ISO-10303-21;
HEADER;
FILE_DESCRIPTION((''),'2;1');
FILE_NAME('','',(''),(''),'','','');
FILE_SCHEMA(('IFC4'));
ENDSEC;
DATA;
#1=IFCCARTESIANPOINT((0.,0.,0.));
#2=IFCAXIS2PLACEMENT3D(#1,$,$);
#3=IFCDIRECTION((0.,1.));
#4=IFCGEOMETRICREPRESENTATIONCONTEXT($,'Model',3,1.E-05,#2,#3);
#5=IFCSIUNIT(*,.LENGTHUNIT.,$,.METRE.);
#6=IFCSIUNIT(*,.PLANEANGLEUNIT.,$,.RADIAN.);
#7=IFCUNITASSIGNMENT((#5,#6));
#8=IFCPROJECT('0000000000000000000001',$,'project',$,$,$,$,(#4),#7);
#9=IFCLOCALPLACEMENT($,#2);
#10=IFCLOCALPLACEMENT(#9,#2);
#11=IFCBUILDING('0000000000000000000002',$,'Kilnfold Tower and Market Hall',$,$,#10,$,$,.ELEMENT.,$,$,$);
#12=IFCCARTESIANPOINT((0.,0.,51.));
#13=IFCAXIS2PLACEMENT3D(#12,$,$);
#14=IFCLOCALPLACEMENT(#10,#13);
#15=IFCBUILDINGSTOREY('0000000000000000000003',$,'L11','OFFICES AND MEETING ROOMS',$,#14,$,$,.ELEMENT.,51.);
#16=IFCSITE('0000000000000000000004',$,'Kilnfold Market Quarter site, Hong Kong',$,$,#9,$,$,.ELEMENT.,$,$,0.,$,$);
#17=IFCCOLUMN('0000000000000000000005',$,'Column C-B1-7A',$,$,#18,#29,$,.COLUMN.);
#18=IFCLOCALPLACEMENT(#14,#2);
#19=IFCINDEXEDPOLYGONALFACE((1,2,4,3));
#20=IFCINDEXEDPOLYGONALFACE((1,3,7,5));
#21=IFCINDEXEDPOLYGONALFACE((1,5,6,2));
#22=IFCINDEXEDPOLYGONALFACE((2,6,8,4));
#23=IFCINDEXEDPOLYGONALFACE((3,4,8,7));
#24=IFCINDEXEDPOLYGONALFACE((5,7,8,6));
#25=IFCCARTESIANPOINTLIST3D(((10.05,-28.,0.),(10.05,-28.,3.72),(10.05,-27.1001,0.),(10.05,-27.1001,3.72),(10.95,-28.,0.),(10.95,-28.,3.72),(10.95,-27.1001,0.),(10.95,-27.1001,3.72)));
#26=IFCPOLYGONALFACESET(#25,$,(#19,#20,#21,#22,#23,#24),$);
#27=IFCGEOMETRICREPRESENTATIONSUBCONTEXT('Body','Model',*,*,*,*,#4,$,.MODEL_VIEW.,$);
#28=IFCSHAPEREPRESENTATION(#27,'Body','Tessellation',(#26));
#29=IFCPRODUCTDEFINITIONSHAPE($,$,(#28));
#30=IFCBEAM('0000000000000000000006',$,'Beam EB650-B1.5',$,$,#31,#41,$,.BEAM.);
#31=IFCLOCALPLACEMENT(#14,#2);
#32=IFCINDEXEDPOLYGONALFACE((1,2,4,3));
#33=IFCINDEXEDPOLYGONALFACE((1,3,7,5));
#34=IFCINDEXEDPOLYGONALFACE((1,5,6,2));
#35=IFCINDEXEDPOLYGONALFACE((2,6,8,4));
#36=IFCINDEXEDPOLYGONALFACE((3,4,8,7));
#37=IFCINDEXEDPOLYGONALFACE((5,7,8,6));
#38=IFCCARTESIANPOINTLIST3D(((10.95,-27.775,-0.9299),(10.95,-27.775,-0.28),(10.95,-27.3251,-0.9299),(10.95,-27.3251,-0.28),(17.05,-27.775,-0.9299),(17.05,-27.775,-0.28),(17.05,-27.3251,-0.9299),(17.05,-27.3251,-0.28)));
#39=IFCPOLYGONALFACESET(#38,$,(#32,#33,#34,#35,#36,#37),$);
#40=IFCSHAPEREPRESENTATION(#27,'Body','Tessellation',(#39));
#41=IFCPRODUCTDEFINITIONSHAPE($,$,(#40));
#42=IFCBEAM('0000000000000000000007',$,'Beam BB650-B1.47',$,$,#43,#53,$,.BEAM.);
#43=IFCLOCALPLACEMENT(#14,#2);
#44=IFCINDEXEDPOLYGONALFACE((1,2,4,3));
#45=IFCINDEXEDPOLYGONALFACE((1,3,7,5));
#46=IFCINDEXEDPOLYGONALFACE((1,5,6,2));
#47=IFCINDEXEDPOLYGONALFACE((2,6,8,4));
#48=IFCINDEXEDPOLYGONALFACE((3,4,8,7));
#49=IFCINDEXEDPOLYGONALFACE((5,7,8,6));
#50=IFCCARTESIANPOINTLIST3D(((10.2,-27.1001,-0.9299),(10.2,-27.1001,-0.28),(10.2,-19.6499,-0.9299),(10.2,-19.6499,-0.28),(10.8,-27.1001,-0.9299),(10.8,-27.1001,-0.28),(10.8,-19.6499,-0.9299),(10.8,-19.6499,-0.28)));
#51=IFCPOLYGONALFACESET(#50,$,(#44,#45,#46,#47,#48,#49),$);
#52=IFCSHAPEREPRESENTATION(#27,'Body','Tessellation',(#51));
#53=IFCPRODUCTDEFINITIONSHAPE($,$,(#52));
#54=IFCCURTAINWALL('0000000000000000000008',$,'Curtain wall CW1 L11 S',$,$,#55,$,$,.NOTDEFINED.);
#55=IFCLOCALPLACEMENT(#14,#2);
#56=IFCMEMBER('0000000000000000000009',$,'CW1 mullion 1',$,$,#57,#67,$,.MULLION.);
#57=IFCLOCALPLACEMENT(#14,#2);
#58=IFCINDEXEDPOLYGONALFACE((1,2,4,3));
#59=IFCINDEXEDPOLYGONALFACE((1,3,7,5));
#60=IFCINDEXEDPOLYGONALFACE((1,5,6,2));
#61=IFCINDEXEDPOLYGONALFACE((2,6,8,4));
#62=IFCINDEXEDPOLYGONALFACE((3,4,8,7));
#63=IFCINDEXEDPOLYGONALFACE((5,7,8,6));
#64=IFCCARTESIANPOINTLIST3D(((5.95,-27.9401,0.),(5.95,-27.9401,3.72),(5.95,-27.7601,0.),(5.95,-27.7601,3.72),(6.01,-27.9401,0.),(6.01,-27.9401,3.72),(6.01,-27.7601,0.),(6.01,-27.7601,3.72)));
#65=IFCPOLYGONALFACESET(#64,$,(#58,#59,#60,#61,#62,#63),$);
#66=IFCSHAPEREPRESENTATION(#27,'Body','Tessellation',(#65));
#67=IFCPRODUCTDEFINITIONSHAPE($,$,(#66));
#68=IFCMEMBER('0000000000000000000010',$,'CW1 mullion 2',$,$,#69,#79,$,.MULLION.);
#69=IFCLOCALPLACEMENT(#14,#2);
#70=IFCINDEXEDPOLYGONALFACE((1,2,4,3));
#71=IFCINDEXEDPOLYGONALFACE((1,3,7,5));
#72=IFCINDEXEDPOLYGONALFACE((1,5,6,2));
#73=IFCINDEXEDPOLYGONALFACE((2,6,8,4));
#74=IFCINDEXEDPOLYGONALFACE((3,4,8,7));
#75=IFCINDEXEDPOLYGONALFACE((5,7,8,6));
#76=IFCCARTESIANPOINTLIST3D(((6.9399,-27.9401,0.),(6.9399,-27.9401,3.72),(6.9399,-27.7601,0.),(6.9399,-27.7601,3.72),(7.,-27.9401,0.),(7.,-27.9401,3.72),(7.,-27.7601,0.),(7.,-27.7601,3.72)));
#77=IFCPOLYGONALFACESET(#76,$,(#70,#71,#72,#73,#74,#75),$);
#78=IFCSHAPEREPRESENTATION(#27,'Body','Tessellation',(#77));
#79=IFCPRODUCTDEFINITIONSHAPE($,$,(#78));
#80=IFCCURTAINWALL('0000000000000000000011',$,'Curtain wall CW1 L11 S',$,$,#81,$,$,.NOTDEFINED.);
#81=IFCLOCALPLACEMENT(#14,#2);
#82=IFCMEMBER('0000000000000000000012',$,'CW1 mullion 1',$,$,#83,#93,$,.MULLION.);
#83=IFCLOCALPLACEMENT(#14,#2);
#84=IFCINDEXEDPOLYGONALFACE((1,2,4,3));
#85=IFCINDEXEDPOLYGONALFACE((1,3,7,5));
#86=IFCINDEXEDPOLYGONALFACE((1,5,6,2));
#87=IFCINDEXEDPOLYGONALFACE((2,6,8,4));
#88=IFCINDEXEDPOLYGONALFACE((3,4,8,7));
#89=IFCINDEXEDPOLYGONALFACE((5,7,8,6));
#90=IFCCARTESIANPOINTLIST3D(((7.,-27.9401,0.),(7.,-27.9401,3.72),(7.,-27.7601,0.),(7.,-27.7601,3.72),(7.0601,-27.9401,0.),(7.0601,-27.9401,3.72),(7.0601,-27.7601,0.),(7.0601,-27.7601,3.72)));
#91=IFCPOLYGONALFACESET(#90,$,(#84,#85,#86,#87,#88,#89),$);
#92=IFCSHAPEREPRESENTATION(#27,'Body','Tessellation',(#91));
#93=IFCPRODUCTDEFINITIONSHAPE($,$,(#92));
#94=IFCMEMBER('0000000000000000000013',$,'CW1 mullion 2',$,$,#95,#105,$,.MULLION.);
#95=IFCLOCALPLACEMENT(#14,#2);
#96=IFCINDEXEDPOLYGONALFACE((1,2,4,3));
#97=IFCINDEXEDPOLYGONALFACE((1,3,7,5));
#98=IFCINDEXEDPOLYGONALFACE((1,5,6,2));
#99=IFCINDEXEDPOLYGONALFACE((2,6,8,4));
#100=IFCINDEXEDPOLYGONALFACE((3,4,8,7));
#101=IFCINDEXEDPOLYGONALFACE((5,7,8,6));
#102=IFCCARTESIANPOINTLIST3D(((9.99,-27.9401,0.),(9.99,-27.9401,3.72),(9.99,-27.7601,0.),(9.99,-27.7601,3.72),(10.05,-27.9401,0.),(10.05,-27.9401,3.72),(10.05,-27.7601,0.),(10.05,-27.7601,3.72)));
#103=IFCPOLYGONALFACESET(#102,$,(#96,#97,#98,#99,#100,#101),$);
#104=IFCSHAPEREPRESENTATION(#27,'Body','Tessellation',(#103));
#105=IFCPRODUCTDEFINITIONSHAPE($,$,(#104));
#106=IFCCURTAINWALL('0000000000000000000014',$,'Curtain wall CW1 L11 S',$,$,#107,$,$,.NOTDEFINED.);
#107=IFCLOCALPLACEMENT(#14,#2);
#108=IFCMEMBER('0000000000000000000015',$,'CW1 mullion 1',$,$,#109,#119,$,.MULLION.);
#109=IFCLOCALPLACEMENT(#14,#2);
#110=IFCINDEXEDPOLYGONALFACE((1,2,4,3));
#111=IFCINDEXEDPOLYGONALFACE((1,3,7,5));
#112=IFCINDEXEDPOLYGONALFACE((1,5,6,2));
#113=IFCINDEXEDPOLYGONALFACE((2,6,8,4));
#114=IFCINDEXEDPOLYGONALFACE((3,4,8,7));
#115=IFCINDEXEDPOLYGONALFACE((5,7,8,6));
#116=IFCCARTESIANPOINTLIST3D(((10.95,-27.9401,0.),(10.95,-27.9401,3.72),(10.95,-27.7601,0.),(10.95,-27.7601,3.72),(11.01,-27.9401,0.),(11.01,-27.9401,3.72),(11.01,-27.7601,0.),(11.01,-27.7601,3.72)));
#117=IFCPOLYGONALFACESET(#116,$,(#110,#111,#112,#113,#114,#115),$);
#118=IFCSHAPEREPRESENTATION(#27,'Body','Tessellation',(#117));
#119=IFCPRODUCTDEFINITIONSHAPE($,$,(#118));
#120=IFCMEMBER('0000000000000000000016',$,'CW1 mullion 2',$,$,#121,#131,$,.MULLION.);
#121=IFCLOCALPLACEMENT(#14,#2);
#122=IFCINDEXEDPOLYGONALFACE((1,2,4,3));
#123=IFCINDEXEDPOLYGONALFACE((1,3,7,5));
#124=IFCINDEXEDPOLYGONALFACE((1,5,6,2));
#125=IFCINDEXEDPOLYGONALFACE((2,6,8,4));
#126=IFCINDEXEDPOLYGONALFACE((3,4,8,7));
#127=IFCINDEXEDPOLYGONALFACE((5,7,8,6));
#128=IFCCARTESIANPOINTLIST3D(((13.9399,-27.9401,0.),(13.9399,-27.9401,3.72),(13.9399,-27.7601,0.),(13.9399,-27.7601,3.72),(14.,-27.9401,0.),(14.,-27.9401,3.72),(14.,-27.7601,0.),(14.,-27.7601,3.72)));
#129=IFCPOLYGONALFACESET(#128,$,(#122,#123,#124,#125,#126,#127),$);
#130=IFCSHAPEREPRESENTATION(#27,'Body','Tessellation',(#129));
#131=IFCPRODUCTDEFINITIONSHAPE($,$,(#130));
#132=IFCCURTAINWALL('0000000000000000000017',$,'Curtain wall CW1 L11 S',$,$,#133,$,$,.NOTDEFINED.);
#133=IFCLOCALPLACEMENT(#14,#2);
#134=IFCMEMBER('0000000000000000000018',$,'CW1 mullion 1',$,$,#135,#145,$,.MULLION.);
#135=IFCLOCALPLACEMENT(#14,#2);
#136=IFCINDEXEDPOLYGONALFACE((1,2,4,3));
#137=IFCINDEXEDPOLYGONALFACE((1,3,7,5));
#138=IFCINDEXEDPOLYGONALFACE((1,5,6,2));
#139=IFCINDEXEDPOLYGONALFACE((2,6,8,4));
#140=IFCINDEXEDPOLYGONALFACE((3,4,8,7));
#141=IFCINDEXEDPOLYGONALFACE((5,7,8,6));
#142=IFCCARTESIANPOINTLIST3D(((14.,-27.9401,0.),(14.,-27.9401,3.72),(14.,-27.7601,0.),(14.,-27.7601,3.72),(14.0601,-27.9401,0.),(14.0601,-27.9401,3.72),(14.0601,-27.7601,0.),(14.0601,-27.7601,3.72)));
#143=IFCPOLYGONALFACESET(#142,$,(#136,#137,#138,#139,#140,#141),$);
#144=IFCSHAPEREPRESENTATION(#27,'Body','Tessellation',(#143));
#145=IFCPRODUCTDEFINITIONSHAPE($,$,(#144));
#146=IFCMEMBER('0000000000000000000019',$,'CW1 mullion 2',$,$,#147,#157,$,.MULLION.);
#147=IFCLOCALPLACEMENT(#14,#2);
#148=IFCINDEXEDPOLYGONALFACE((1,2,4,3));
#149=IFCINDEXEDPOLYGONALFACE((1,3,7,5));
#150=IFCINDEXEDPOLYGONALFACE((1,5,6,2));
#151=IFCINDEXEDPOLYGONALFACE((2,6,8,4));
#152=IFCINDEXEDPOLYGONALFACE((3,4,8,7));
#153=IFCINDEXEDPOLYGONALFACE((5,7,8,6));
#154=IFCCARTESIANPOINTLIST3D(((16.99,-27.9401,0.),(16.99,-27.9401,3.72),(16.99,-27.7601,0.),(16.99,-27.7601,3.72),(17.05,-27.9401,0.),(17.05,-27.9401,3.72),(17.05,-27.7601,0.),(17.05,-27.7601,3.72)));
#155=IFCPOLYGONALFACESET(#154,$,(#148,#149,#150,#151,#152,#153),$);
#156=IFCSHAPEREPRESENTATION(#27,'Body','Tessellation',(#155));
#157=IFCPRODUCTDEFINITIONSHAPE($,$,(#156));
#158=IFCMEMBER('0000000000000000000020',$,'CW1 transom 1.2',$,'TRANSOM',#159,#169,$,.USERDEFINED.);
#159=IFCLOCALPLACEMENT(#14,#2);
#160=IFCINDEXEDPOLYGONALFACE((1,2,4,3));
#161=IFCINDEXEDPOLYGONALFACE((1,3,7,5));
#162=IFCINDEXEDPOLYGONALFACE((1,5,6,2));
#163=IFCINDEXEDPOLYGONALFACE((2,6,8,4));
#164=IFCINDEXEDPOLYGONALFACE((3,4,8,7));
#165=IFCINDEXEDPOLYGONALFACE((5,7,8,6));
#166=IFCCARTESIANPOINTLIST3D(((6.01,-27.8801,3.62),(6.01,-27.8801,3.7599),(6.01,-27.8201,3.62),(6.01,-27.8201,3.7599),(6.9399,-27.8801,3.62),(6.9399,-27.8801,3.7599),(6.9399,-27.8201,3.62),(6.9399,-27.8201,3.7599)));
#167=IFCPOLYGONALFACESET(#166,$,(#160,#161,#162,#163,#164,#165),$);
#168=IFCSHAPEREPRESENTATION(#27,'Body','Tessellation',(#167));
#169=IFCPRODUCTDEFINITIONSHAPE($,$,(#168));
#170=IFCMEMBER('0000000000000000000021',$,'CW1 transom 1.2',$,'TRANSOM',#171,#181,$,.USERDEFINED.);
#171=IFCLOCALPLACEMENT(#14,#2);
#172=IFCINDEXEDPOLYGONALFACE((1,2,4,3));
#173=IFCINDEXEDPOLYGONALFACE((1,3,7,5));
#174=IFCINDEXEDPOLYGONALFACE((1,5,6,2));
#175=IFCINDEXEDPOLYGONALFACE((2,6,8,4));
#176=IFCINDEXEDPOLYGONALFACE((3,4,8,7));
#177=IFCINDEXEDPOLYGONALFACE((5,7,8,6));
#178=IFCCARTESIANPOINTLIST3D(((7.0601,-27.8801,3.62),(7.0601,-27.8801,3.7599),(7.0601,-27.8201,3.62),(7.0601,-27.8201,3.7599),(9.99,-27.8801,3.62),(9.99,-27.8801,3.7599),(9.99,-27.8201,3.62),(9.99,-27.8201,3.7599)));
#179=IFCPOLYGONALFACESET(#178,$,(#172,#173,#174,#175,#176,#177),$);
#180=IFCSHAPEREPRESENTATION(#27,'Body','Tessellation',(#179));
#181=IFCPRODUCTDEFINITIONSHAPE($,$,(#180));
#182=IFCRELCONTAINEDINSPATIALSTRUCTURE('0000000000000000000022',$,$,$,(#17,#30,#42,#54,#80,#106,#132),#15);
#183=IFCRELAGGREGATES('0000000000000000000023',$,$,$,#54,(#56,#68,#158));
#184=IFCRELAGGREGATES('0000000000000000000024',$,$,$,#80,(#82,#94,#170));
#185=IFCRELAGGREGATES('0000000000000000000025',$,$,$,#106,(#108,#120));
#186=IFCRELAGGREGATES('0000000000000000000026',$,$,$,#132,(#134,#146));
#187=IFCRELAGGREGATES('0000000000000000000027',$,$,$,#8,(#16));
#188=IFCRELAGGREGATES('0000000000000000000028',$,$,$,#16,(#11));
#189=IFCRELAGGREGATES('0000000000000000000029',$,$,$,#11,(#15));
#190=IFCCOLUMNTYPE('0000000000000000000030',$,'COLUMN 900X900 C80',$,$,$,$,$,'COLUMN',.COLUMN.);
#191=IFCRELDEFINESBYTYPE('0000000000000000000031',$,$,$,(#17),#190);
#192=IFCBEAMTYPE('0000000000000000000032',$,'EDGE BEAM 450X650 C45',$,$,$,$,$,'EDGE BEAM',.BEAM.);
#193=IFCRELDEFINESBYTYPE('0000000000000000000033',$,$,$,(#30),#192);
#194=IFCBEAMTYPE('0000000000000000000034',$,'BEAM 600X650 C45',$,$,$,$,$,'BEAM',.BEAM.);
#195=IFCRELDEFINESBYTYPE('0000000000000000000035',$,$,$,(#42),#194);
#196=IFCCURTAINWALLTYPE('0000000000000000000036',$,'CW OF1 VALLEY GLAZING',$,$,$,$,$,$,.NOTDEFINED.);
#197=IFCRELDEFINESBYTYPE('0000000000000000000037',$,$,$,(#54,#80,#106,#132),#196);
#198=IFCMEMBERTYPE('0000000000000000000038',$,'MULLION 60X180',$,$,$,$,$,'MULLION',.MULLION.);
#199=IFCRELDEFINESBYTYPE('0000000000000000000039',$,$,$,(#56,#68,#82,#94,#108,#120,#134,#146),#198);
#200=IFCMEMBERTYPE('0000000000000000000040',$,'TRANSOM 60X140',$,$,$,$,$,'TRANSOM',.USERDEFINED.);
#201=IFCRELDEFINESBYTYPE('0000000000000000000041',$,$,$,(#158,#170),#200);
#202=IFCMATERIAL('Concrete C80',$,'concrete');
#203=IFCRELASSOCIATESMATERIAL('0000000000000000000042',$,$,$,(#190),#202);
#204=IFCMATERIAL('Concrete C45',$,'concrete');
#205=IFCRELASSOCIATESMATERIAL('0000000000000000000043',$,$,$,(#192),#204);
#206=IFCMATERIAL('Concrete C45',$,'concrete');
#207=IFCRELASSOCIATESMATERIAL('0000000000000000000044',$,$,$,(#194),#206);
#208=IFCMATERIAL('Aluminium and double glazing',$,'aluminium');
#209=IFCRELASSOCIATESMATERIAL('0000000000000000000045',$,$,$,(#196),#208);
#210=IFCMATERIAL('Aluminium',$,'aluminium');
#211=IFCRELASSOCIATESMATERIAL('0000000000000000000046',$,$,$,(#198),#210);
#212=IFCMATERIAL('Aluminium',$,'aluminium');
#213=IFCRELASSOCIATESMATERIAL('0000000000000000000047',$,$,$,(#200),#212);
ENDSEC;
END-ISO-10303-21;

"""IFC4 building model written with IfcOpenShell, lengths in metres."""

from ifc_helpers import new_model, si_unit, direction, frame, origin, origin_2d, place, context, subcontext, project, spatial, rectangle, extrude, source, transform, mapped, material, material_profile, profile_set, type_object, element, aggregate, save


model = new_model("IFC4")

# Units and contexts
model_context = context("Model", 3, precision=1e-05, world=origin(), true_north=direction((0.0, 1.0)))
body_context = subcontext(model_context, "Body", "Model", "MODEL_VIEW")
ifc_project = project(units=[si_unit("LENGTHUNIT", "METRE"), si_unit("PLANEANGLEUNIT", "RADIAN")], contexts=[model_context])

# Site, building, storey
site_placement = place(None, origin())
site = spatial("IfcSite", under=ifc_project, at=site_placement, Name="Kilnfold Market Quarter site, Hong Kong", CompositionType="ELEMENT", RefElevation=0.0)
building_placement = place(site_placement, origin())
building = spatial("IfcBuilding", under=site, at=building_placement, Name="Kilnfold Tower and Market Hall", CompositionType="ELEMENT")
storey_placement = place(building_placement, frame((0.0, 0.0, 51.0)))
storey = spatial("IfcBuildingStorey", under=building, at=storey_placement, Name="L11", Description="OFFICES AND MEETING ROOMS", CompositionType="ELEMENT", Elevation=51.0)

# Column
ifc_material_1 = material(Name="Concrete C80", Category="concrete")
ifc_material_profile_1 = material_profile(ifc_material_1, rectangle(XDim=0.8999, YDim=0.8999, at=origin_2d()), Name="RC 900x900")
ifc_profile_set_1 = profile_set([ifc_material_profile_1], Name="Concrete C80")
column_type = type_object("IfcColumnType", Name="COLUMN 900X900 C80", ElementType="COLUMN", PredefinedType="COLUMN", material=ifc_profile_set_1)
shared_shape_1 = source(origin(), body_context, "Body", "SweptSolid", [
    extrude(rectangle(XDim=0.8999, YDim=0.8999, at=origin_2d()), origin(), (0.0, 0.0, 1.0), 3.72),
])
column_placement = place(storey_placement, frame((10.5, -27.55, 0.0), z_axis=(0.0, 0.0, 1.0), x_axis=(1.0, 0.0, 0.0)))
element("IfcColumn", 1, at=column_placement, inside=storey, type_object=column_type, Name="Column C-B1-7A", PredefinedType="COLUMN", context=body_context, shape_type="MappedRepresentation", body=[
    mapped(shared_shape_1, transform((0.0, 0.0, 0.0))),
])

# Beams
ifc_material_2 = material(Name="Concrete C45", Category="concrete")
ifc_material_profile_2 = material_profile(ifc_material_2, rectangle(XDim=0.45, YDim=0.6499, at=origin_2d()), Name="RC 450x650")
ifc_profile_set_2 = profile_set([ifc_material_profile_2], Name="Concrete C45")
beam_type_1 = type_object("IfcBeamType", Name="EDGE BEAM 450X650 C45", ElementType="EDGE BEAM", PredefinedType="BEAM", material=ifc_profile_set_2)
shared_shape_2 = source(origin(), body_context, "Body", "SweptSolid", [
    extrude(rectangle(XDim=0.45, YDim=0.6499, at=origin_2d()), origin(), (0.0, 0.0, 1.0), 6.1001),
])
beam_1_placement = place(storey_placement, frame((10.95, -27.55, -0.605), z_axis=(1.0, 0.0, 0.0), x_axis=(0.0, 1.0, 0.0)))
element("IfcBeam", 2, at=beam_1_placement, inside=storey, type_object=beam_type_1, Name="Beam EB650-B1.5", PredefinedType="BEAM", context=body_context, shape_type="MappedRepresentation", body=[
    mapped(shared_shape_2, transform((0.0, 0.0, 0.0))),
])
ifc_material_3 = material(Name="Concrete C45", Category="concrete")
ifc_material_profile_3 = material_profile(ifc_material_3, rectangle(XDim=0.6001, YDim=0.6499, at=origin_2d()), Name="RC 600x650")
ifc_profile_set_3 = profile_set([ifc_material_profile_3], Name="Concrete C45")
beam_type_2 = type_object("IfcBeamType", Name="BEAM 600X650 C45", ElementType="BEAM", PredefinedType="BEAM", material=ifc_profile_set_3)
shared_shape_3 = source(origin(), body_context, "Body", "SweptSolid", [
    extrude(rectangle(XDim=0.6001, YDim=0.6499, at=origin_2d()), origin(), (0.0, 0.0, 1.0), 7.4502),
])
beam_2_placement = place(storey_placement, frame((10.5, -27.1001, -0.605), z_axis=(0.0, 1.0, 0.0), x_axis=(-1.0, 0.0, 0.0)))
element("IfcBeam", 3, at=beam_2_placement, inside=storey, type_object=beam_type_2, Name="Beam BB650-B1.47", PredefinedType="BEAM", context=body_context, shape_type="MappedRepresentation", body=[
    mapped(shared_shape_3, transform((0.0, 0.0, 0.0))),
])

# Curtain walls, members
ifc_material_4 = material(Name="Aluminium and double glazing", Category="aluminium")
curtain_wall_type = type_object("IfcCurtainWallType", Name="CW OF1 VALLEY GLAZING", PredefinedType="NOTDEFINED", material=ifc_material_4)
curtain_wall_1_placement = place(storey_placement, origin())
curtain_wall_1 = element("IfcCurtainWall", 4, at=curtain_wall_1_placement, inside=storey, type_object=curtain_wall_type, Name="Curtain wall CW1 L11 S", PredefinedType="NOTDEFINED")
ifc_material_5 = material(Name="Aluminium", Category="aluminium")
ifc_material_profile_4 = material_profile(ifc_material_5, rectangle(XDim=0.0601, YDim=0.1799, at=origin_2d()), Name="MULLION 60x180")
ifc_profile_set_4 = profile_set([ifc_material_profile_4], Name="Aluminium")
member_type_1 = type_object("IfcMemberType", Name="MULLION 60X180", ElementType="MULLION", PredefinedType="MULLION", material=ifc_profile_set_4)
shared_shape_4 = source(origin(), body_context, "Body", "SweptSolid", [
    extrude(rectangle(XDim=0.0601, YDim=0.1799, at=origin_2d()), origin(), (0.0, 0.0, 1.0), 3.72),
])
member_1_placement = place(storey_placement, frame((5.98, -27.8501, 0.0), z_axis=(0.0, 0.0, 1.0), x_axis=(1.0, 0.0, 0.0)))
member_1 = element("IfcMember", 5, at=member_1_placement, type_object=member_type_1, Name="CW1 mullion 1", PredefinedType="MULLION", context=body_context, shape_type="MappedRepresentation", body=[
    mapped(shared_shape_4, transform((0.0, 0.0, 0.0))),
])
member_2_placement = place(storey_placement, frame((6.97, -27.8501, 0.0), z_axis=(0.0, 0.0, 1.0), x_axis=(1.0, 0.0, 0.0)))
member_2 = element("IfcMember", 6, at=member_2_placement, type_object=member_type_1, Name="CW1 mullion 2", PredefinedType="MULLION", context=body_context, shape_type="MappedRepresentation", body=[
    mapped(shared_shape_4, transform((0.0, 0.0, 0.0))),
])
curtain_wall_2_placement = place(storey_placement, origin())
curtain_wall_2 = element("IfcCurtainWall", 7, at=curtain_wall_2_placement, inside=storey, type_object=curtain_wall_type, Name="Curtain wall CW1 L11 S", PredefinedType="NOTDEFINED")
member_3_placement = place(storey_placement, frame((7.03, -27.8501, 0.0), z_axis=(0.0, 0.0, 1.0), x_axis=(1.0, 0.0, 0.0)))
member_3 = element("IfcMember", 8, at=member_3_placement, type_object=member_type_1, Name="CW1 mullion 1", PredefinedType="MULLION", context=body_context, shape_type="MappedRepresentation", body=[
    mapped(shared_shape_4, transform((0.0, 0.0, 0.0))),
])
member_4_placement = place(storey_placement, frame((10.02, -27.8501, 0.0), z_axis=(0.0, 0.0, 1.0), x_axis=(1.0, 0.0, 0.0)))
member_4 = element("IfcMember", 9, at=member_4_placement, type_object=member_type_1, Name="CW1 mullion 2", PredefinedType="MULLION", context=body_context, shape_type="MappedRepresentation", body=[
    mapped(shared_shape_4, transform((0.0, 0.0, 0.0))),
])
curtain_wall_3_placement = place(storey_placement, origin())
curtain_wall_3 = element("IfcCurtainWall", 10, at=curtain_wall_3_placement, inside=storey, type_object=curtain_wall_type, Name="Curtain wall CW1 L11 S", PredefinedType="NOTDEFINED")
member_5_placement = place(storey_placement, frame((10.98, -27.8501, 0.0), z_axis=(0.0, 0.0, 1.0), x_axis=(1.0, 0.0, 0.0)))
member_5 = element("IfcMember", 11, at=member_5_placement, type_object=member_type_1, Name="CW1 mullion 1", PredefinedType="MULLION", context=body_context, shape_type="MappedRepresentation", body=[
    mapped(shared_shape_4, transform((0.0, 0.0, 0.0))),
])
member_6_placement = place(storey_placement, frame((13.97, -27.8501, 0.0), z_axis=(0.0, 0.0, 1.0), x_axis=(1.0, 0.0, 0.0)))
member_6 = element("IfcMember", 12, at=member_6_placement, type_object=member_type_1, Name="CW1 mullion 2", PredefinedType="MULLION", context=body_context, shape_type="MappedRepresentation", body=[
    mapped(shared_shape_4, transform((0.0, 0.0, 0.0))),
])
curtain_wall_4_placement = place(storey_placement, origin())
curtain_wall_4 = element("IfcCurtainWall", 13, at=curtain_wall_4_placement, inside=storey, type_object=curtain_wall_type, Name="Curtain wall CW1 L11 S", PredefinedType="NOTDEFINED")
member_7_placement = place(storey_placement, frame((14.03, -27.8501, 0.0), z_axis=(0.0, 0.0, 1.0), x_axis=(1.0, 0.0, 0.0)))
member_7 = element("IfcMember", 14, at=member_7_placement, type_object=member_type_1, Name="CW1 mullion 1", PredefinedType="MULLION", context=body_context, shape_type="MappedRepresentation", body=[
    mapped(shared_shape_4, transform((0.0, 0.0, 0.0))),
])
member_8_placement = place(storey_placement, frame((17.02, -27.8501, 0.0), z_axis=(0.0, 0.0, 1.0), x_axis=(1.0, 0.0, 0.0)))
member_8 = element("IfcMember", 15, at=member_8_placement, type_object=member_type_1, Name="CW1 mullion 2", PredefinedType="MULLION", context=body_context, shape_type="MappedRepresentation", body=[
    mapped(shared_shape_4, transform((0.0, 0.0, 0.0))),
])

# Members
ifc_material_6 = material(Name="Aluminium", Category="aluminium")
ifc_material_profile_5 = material_profile(ifc_material_6, rectangle(XDim=0.0601, YDim=0.1399, at=origin_2d()), Name="TRANSOM 60x140")
ifc_profile_set_5 = profile_set([ifc_material_profile_5], Name="Aluminium")
member_type_2 = type_object("IfcMemberType", Name="TRANSOM 60X140", ElementType="TRANSOM", PredefinedType="USERDEFINED", material=ifc_profile_set_5)
shared_shape_5 = source(origin(), body_context, "Body", "SweptSolid", [
    extrude(rectangle(XDim=0.0601, YDim=0.1399, at=origin_2d()), origin(), (0.0, 0.0, 1.0), 0.9299),
])
member_9_placement = place(storey_placement, frame((6.01, -27.8501, 3.6899), z_axis=(1.0, 0.0, 0.0), x_axis=(0.0, 1.0, 0.0)))
member_9 = element("IfcMember", 16, at=member_9_placement, type_object=member_type_2, Name="CW1 transom 1.2", ObjectType="TRANSOM", PredefinedType="USERDEFINED", context=body_context, shape_type="MappedRepresentation", body=[
    mapped(shared_shape_5, transform((0.0, 0.0, 0.0))),
])
shared_shape_6 = source(origin(), body_context, "Body", "SweptSolid", [
    extrude(rectangle(XDim=0.0601, YDim=0.1399, at=origin_2d()), origin(), (0.0, 0.0, 1.0), 2.9299),
])
member_10_placement = place(storey_placement, frame((7.0601, -27.8501, 3.6899), z_axis=(1.0, 0.0, 0.0), x_axis=(0.0, 1.0, 0.0)))
member_10 = element("IfcMember", 17, at=member_10_placement, type_object=member_type_2, Name="CW1 transom 1.2", ObjectType="TRANSOM", PredefinedType="USERDEFINED", context=body_context, shape_type="MappedRepresentation", body=[
    mapped(shared_shape_6, transform((0.0, 0.0, 0.0))),
])

aggregate(curtain_wall_1, [member_1, member_2, member_9])
aggregate(curtain_wall_2, [member_3, member_4, member_10])
aggregate(curtain_wall_3, [member_5, member_6])
aggregate(curtain_wall_4, [member_7, member_8])

save(model, "model.ifc")
